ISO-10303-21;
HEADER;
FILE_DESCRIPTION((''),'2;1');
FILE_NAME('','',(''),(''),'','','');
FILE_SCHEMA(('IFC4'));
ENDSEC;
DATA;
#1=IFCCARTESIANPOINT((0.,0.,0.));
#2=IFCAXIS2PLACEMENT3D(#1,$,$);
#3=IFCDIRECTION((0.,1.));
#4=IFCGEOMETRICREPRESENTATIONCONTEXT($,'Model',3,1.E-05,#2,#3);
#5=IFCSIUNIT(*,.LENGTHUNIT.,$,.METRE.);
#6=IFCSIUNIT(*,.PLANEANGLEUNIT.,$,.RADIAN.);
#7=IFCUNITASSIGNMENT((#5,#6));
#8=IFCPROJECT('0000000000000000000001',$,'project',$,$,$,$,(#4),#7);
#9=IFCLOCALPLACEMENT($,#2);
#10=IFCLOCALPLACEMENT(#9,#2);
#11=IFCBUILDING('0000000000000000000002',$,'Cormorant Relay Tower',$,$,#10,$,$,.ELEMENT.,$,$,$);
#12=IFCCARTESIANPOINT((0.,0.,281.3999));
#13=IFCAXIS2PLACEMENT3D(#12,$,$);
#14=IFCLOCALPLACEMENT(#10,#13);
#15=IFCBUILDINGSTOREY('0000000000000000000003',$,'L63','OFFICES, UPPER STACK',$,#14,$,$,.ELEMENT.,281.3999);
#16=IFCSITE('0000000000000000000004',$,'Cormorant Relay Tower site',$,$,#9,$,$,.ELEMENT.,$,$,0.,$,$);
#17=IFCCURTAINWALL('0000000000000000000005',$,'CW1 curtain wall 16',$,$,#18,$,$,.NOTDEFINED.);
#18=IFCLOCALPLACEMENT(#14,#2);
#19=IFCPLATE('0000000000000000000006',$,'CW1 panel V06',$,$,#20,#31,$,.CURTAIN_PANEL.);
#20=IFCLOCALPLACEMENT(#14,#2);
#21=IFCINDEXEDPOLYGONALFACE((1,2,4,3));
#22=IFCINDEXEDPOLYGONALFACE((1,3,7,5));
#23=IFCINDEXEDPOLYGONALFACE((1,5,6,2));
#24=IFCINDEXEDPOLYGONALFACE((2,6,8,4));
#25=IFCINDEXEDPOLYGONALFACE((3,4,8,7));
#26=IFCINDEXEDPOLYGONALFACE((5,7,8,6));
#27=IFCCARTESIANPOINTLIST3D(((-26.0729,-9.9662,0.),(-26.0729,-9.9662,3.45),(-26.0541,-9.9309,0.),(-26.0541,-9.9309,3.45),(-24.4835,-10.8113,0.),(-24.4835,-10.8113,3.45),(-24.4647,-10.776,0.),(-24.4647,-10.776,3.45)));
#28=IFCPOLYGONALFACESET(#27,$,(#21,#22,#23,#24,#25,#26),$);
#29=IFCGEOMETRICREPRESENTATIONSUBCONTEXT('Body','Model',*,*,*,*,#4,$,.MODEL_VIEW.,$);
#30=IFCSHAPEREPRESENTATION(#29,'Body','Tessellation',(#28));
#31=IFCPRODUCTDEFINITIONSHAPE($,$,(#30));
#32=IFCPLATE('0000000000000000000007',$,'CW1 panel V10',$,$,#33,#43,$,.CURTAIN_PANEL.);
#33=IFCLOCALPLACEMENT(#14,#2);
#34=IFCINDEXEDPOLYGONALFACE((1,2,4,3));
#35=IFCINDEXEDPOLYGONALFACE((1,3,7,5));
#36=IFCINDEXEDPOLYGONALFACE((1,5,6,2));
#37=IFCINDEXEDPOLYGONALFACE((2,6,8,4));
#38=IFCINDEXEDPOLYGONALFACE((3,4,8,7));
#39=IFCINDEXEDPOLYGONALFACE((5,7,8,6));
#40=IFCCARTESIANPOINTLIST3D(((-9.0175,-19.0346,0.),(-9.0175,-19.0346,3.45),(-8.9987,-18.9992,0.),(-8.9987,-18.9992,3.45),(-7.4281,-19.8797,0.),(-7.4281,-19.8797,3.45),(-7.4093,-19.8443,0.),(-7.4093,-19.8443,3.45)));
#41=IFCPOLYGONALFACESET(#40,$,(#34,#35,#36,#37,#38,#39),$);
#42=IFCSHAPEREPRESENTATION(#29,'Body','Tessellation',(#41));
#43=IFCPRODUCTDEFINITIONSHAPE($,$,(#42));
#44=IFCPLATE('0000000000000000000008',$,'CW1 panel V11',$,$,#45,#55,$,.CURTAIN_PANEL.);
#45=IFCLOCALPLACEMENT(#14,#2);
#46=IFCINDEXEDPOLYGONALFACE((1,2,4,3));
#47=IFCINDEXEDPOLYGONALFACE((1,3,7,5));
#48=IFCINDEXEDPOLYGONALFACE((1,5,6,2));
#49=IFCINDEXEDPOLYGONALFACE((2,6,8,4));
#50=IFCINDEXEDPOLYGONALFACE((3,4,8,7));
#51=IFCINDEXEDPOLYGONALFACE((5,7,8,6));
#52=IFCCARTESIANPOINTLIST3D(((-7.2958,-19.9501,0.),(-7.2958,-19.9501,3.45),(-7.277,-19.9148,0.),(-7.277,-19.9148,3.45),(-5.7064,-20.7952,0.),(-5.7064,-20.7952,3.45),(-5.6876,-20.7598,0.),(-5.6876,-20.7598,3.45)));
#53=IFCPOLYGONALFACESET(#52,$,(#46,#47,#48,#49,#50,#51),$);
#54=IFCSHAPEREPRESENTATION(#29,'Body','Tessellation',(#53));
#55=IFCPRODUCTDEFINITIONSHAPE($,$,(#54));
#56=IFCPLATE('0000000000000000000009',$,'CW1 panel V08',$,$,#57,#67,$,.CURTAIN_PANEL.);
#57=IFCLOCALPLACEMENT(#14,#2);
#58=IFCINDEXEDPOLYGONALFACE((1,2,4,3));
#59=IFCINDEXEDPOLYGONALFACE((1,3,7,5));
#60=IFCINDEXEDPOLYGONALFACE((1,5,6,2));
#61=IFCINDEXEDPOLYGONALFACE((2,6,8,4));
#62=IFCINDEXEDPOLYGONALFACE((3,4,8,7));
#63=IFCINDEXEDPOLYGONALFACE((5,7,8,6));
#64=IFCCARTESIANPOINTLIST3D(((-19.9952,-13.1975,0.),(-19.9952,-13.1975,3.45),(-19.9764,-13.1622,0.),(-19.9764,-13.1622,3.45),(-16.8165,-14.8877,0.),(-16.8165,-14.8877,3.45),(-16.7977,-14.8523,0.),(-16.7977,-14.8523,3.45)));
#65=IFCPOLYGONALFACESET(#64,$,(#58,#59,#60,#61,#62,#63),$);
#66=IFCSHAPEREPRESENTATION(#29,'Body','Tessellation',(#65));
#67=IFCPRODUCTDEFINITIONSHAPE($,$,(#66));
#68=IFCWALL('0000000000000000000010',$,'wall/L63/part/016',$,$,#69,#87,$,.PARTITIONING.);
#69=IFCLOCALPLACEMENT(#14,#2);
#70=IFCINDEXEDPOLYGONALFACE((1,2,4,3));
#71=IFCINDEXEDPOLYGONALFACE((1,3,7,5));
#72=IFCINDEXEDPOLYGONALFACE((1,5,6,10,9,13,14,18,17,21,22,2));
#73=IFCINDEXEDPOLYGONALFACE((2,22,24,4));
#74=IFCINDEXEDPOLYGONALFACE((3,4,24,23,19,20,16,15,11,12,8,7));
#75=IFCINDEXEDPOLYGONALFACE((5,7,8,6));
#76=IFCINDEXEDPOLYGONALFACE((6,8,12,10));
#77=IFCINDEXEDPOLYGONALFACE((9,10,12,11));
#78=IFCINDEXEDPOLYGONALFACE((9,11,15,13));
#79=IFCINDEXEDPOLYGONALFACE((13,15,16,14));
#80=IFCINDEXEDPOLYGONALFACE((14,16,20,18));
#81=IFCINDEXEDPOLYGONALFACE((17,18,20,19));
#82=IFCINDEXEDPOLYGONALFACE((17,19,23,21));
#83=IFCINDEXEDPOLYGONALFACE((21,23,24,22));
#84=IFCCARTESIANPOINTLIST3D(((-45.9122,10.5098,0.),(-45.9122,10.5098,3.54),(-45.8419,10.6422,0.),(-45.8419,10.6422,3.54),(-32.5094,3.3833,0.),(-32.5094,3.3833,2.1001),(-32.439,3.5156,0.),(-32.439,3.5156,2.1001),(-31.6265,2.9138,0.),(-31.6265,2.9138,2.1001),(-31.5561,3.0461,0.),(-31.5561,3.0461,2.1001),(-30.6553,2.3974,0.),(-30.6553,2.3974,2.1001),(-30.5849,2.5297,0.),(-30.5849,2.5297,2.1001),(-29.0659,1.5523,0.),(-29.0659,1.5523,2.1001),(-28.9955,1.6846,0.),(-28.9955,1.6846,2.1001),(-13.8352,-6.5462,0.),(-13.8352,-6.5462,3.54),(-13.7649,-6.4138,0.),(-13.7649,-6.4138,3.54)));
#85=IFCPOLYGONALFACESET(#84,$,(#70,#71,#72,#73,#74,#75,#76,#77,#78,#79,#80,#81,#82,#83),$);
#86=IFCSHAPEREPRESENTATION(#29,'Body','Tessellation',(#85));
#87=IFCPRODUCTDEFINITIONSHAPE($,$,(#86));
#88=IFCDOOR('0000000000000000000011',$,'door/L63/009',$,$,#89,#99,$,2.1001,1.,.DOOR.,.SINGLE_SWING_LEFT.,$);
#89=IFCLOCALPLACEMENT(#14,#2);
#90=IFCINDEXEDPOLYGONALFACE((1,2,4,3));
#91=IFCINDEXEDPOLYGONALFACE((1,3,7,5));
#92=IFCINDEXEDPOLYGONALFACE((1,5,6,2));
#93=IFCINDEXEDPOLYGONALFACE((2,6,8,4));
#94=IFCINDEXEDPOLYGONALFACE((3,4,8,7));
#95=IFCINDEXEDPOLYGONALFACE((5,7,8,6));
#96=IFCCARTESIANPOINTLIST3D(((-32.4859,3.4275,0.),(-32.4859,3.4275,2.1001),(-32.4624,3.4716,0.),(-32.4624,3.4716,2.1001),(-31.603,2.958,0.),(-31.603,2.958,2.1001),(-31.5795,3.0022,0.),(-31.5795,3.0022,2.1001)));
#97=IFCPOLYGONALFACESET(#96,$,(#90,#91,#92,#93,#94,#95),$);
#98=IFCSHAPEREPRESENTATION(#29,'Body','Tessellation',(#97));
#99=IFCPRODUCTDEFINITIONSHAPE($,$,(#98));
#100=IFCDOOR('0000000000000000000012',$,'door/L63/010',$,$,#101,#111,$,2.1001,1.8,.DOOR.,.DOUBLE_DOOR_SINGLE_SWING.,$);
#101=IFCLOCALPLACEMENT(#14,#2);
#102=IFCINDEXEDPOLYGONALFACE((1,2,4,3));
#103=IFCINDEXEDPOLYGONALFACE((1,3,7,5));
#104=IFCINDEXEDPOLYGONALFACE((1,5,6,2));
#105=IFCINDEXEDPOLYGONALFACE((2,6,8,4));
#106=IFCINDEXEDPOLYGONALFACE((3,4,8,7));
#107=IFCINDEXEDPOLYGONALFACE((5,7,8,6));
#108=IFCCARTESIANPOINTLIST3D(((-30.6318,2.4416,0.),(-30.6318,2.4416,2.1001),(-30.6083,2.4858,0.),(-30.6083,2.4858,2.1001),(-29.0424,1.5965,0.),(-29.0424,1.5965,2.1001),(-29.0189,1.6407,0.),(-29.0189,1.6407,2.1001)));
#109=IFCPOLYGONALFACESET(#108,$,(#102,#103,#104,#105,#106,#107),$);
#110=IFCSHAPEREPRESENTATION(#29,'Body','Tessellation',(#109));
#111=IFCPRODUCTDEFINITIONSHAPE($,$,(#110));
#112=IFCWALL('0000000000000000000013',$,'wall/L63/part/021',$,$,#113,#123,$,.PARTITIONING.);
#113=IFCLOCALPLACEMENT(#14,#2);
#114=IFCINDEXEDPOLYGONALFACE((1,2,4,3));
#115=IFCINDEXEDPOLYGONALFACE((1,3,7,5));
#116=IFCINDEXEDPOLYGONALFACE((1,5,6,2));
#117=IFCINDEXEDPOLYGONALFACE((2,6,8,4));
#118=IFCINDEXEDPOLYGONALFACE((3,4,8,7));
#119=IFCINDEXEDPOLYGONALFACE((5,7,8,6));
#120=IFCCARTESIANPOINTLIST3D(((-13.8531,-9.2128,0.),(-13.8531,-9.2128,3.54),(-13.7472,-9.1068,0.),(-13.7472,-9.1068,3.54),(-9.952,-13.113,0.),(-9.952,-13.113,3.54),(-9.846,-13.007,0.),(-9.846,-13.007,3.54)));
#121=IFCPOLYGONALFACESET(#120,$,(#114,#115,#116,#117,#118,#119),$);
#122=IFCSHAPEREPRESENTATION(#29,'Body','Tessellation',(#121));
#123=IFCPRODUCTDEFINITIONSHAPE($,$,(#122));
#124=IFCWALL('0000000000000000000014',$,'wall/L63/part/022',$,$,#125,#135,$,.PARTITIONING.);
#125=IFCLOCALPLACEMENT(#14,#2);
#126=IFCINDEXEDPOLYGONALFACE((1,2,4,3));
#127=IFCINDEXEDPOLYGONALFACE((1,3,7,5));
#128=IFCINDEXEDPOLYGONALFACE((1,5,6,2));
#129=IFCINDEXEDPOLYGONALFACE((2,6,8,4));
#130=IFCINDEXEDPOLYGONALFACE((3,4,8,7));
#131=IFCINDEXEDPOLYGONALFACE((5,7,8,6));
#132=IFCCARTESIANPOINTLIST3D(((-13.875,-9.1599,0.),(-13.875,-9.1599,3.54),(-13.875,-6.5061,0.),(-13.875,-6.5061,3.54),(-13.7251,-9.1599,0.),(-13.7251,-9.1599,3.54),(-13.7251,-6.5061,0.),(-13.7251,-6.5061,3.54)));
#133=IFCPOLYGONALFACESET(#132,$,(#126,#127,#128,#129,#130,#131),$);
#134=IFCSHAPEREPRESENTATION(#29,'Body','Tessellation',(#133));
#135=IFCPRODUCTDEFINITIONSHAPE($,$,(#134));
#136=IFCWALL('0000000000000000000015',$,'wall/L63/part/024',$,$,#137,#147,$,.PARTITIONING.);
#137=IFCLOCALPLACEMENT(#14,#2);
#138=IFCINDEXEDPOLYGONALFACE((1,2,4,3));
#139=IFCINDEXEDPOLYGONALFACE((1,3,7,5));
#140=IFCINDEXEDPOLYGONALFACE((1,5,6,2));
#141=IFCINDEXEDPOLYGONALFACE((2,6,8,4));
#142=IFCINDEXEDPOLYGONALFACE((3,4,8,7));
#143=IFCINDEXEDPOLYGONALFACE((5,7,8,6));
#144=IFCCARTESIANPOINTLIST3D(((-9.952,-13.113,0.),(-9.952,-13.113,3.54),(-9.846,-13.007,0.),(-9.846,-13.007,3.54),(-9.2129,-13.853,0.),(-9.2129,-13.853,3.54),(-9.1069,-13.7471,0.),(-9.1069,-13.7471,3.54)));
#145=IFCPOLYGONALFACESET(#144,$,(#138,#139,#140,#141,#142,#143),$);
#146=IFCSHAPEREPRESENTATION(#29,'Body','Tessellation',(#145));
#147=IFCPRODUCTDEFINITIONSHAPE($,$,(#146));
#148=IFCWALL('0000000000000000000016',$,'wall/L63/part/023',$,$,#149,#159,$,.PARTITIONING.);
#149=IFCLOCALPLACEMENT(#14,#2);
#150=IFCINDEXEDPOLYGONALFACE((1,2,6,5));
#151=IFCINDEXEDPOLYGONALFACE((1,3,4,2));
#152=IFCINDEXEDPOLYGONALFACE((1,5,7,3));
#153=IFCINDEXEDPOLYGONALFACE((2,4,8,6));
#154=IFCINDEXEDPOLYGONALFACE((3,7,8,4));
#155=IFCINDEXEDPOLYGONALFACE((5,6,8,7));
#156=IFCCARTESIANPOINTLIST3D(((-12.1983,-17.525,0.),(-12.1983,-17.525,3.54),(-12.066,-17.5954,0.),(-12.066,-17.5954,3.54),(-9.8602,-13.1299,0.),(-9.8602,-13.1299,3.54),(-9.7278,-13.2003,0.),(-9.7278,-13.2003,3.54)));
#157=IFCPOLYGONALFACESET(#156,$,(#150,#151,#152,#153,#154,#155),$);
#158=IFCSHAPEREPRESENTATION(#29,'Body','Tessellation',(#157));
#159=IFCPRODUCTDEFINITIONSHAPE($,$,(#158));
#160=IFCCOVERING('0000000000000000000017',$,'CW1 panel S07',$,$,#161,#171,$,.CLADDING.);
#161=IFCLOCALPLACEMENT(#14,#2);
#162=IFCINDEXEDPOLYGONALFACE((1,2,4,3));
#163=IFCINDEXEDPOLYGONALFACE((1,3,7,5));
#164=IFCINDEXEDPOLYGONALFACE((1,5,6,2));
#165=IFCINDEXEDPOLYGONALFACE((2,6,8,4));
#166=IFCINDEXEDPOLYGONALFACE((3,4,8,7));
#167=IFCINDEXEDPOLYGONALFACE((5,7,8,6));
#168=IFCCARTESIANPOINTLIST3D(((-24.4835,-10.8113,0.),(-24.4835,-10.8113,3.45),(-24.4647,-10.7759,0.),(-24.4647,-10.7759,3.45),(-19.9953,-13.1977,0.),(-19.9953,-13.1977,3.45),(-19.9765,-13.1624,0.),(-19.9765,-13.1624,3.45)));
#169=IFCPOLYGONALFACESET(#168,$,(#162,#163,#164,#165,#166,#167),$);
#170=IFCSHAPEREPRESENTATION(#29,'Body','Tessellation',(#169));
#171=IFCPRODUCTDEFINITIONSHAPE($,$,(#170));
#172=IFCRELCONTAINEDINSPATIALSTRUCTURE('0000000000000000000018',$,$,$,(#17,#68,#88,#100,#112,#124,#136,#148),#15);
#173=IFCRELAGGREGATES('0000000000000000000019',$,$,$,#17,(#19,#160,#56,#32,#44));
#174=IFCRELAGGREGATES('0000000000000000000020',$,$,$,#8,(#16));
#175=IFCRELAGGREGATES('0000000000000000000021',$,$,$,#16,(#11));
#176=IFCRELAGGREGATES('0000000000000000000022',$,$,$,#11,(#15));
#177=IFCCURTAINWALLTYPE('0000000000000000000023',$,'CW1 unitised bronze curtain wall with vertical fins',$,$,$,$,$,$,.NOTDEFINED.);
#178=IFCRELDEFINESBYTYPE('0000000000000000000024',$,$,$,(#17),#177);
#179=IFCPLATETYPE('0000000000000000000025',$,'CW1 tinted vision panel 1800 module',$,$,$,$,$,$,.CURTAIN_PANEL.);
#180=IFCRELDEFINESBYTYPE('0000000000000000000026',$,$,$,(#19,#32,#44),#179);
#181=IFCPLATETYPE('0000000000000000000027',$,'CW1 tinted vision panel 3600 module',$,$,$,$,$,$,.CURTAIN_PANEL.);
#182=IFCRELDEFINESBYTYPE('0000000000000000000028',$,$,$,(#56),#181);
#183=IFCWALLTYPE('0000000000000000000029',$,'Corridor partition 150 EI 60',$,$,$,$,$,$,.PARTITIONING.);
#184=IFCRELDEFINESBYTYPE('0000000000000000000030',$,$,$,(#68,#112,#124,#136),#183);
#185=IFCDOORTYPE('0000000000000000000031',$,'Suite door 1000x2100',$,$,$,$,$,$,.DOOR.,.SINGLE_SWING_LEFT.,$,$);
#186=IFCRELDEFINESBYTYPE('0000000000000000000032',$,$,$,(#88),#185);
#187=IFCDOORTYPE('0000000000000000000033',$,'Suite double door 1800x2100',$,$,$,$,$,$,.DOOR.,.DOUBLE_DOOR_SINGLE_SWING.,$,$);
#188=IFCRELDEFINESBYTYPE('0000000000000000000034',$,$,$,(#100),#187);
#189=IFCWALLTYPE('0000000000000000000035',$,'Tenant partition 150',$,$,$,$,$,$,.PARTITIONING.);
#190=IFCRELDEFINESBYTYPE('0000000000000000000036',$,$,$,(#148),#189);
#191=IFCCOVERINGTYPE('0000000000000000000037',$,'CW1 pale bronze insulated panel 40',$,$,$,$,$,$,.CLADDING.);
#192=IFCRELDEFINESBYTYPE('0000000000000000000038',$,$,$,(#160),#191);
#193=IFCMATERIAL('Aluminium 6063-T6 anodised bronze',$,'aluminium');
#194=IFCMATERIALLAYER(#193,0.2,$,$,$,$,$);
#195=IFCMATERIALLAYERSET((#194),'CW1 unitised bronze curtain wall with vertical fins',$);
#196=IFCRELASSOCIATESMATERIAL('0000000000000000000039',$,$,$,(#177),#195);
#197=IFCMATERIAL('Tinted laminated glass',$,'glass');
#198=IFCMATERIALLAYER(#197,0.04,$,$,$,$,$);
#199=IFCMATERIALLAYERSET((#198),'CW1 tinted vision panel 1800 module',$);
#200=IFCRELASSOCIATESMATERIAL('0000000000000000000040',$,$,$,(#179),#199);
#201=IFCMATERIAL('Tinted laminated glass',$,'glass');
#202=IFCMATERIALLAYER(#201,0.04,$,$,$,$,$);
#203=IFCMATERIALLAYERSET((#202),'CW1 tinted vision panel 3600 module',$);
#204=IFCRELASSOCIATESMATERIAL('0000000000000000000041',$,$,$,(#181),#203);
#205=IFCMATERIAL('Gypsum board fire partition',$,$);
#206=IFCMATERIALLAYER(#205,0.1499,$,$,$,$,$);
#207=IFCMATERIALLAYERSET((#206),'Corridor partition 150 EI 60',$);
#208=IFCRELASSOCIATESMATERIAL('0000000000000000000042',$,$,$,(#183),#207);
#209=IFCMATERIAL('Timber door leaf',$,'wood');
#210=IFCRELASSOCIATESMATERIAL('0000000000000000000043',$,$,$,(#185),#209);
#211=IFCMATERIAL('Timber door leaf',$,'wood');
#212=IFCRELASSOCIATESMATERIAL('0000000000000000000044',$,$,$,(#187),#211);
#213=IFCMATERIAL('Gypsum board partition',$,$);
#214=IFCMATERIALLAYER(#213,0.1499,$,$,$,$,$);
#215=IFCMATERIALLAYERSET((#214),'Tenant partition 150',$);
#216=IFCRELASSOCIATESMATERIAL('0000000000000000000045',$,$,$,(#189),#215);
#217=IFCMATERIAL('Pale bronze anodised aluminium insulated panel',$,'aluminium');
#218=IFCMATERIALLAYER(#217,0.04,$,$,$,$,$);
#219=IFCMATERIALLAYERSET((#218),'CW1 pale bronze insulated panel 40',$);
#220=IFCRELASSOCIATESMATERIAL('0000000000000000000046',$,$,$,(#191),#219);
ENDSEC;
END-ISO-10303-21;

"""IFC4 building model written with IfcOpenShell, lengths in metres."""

from ifc_helpers import new_model, si_unit, direction, frame, frame_2d, origin, origin_2d, place, context, subcontext, project, spatial, rectangle, extrude, material, layer, layer_set, type_object, element, fill, aggregate, save


model = new_model("IFC4")

# Units and contexts
model_context = context("Model", 3, precision=1e-05, world=origin(), true_north=direction((0.0, 1.0)))
body_context = subcontext(model_context, "Body", "Model", "MODEL_VIEW")
ifc_project = project(units=[si_unit("LENGTHUNIT", "METRE"), si_unit("PLANEANGLEUNIT", "RADIAN")], contexts=[model_context])

# Site, building, storey
site_placement = place(None, origin())
site = spatial("IfcSite", under=ifc_project, at=site_placement, Name="Cormorant Relay Tower site", CompositionType="ELEMENT", RefElevation=0.0)
building_placement = place(site_placement, origin())
building = spatial("IfcBuilding", under=site, at=building_placement, Name="Cormorant Relay Tower", CompositionType="ELEMENT")
storey_placement = place(building_placement, frame((0.0, 0.0, 281.3999)))
storey = spatial("IfcBuildingStorey", under=building, at=storey_placement, Name="L63", Description="OFFICES, UPPER STACK", CompositionType="ELEMENT", Elevation=281.3999)

# Curtain wall
ifc_material_1 = material(Name="Aluminium 6063-T6 anodised bronze", Category="aluminium")
ifc_layer_1 = layer(ifc_material_1, 0.2)
ifc_layer_set_1 = layer_set([ifc_layer_1], Name="CW1 unitised bronze curtain wall with vertical fins")
curtain_wall_type = type_object("IfcCurtainWallType", Name="CW1 unitised bronze curtain wall with vertical fins", PredefinedType="NOTDEFINED", material=ifc_layer_set_1)
curtain_wall_placement = place(storey_placement, origin())
curtain_wall = element("IfcCurtainWall", 1, at=curtain_wall_placement, inside=storey, type_object=curtain_wall_type, Name="CW1 curtain wall 16", PredefinedType="NOTDEFINED")

# Plates
ifc_material_2 = material(Name="Tinted laminated glass", Category="glass")
ifc_layer_2 = layer(ifc_material_2, 0.04)
ifc_layer_set_2 = layer_set([ifc_layer_2], Name="CW1 tinted vision panel 1800 module")
plate_type_1 = type_object("IfcPlateType", Name="CW1 tinted vision panel 1800 module", PredefinedType="CURTAIN_PANEL", material=ifc_layer_set_2)
plate_1_placement = place(storey_placement, frame((-25.2688, -10.3711, 0.0), z_axis=(0.0, 0.0, 1.0), x_axis=(0.882948, -0.469472, 0.0)))
plate_1 = element("IfcPlate", 2, at=plate_1_placement, type_object=plate_type_1, Name="CW1 panel V06", PredefinedType="CURTAIN_PANEL", context=body_context, shape_type="SweptSolid", body=[
    extrude(rectangle(XDim=1.8, YDim=0.04, at=origin_2d()), origin(), (0.0, 0.0, 1.0), 3.45),
])
plate_2_placement = place(storey_placement, frame((-8.2134, -19.4395, 0.0), z_axis=(0.0, 0.0, 1.0), x_axis=(0.882948, -0.469472, 0.0)))
plate_2 = element("IfcPlate", 3, at=plate_2_placement, type_object=plate_type_1, Name="CW1 panel V10", PredefinedType="CURTAIN_PANEL", context=body_context, shape_type="SweptSolid", body=[
    extrude(rectangle(XDim=1.8, YDim=0.04, at=origin_2d()), origin(), (0.0, 0.0, 1.0), 3.45),
])
plate_3_placement = place(storey_placement, frame((-6.4917, -20.355, 0.0), z_axis=(0.0, 0.0, 1.0), x_axis=(0.882948, -0.469472, 0.0)))
plate_3 = element("IfcPlate", 4, at=plate_3_placement, type_object=plate_type_1, Name="CW1 panel V11", PredefinedType="CURTAIN_PANEL", context=body_context, shape_type="SweptSolid", body=[
    extrude(rectangle(XDim=1.8, YDim=0.04, at=origin_2d()), origin(), (0.0, 0.0, 1.0), 3.45),
])
ifc_material_3 = material(Name="Tinted laminated glass", Category="glass")
ifc_layer_3 = layer(ifc_material_3, 0.04)
ifc_layer_set_3 = layer_set([ifc_layer_3], Name="CW1 tinted vision panel 3600 module")
plate_type_2 = type_object("IfcPlateType", Name="CW1 tinted vision panel 3600 module", PredefinedType="CURTAIN_PANEL", material=ifc_layer_set_3)
plate_4_placement = place(storey_placement, frame((-18.3965, -14.0249, 0.0), z_axis=(0.0, 0.0, 1.0), x_axis=(0.882948, -0.469472, 0.0)))
plate_4 = element("IfcPlate", 5, at=plate_4_placement, type_object=plate_type_2, Name="CW1 panel V08", PredefinedType="CURTAIN_PANEL", context=body_context, shape_type="SweptSolid", body=[
    extrude(rectangle(XDim=3.6001, YDim=0.04, at=origin_2d()), origin(), (0.0, 0.0, 1.0), 3.45),
])

# Wall, openings, doors
ifc_material_4 = material(Name="Gypsum board fire partition")
ifc_layer_4 = layer(ifc_material_4, 0.1499)
ifc_layer_set_4 = layer_set([ifc_layer_4], Name="Corridor partition 150 EI 60")
wall_type_1 = type_object("IfcWallType", Name="Corridor partition 150 EI 60", PredefinedType="PARTITIONING", material=ifc_layer_set_4)
wall_1_placement = place(storey_placement, frame((-13.8, -6.48, 0.0), z_axis=(0.0, 0.0, 1.0), x_axis=(-0.882944, 0.469478, 0.0)))
wall_1 = element("IfcWall", 6, at=wall_1_placement, inside=storey, type_object=wall_type_1, Name="wall/L63/part/016", PredefinedType="PARTITIONING", context=body_context, shape_type="SweptSolid", body=[
    extrude(rectangle(XDim=36.3296, YDim=0.1499, at=frame_2d((18.1648, 0.0))), origin(), (0.0, 0.0, 1.0), 3.54),
])
opening_1_placement = place(wall_1_placement, frame((20.1499, 0.0, 0.0)))
opening_1 = element("IfcOpeningElement", 7, at=opening_1_placement, cuts=wall_1, PredefinedType="OPENING", context=body_context, shape_type="SweptSolid", body=[
    extrude(rectangle(XDim=1.0, YDim=2.1001, at=frame_2d((0.5, 1.05))), frame((0.0, 0.085, 0.0), z_axis=(0.0, -1.0, 0.0), x_axis=(1.0, 0.0, 0.0)), (0.0, 0.0, 1.0), 0.1699),
])
opening_2_placement = place(wall_1_placement, frame((17.25, 0.0, 0.0)))
opening_2 = element("IfcOpeningElement", 8, at=opening_2_placement, cuts=wall_1, PredefinedType="OPENING", context=body_context, shape_type="SweptSolid", body=[
    extrude(rectangle(XDim=1.8, YDim=2.1001, at=frame_2d((0.8999, 1.05))), frame((0.0, 0.085, 0.0), z_axis=(0.0, -1.0, 0.0), x_axis=(1.0, 0.0, 0.0)), (0.0, 0.0, 1.0), 0.1699),
])
ifc_material_5 = material(Name="Timber door leaf", Category="wood")
door_type_1 = type_object("IfcDoorType", Name="Suite door 1000x2100", OperationType="SINGLE_SWING_LEFT", PredefinedType="DOOR", material=ifc_material_5)
door_1_placement = place(opening_1_placement, origin())
door_1 = element("IfcDoor", 9, at=door_1_placement, inside=storey, type_object=door_type_1, Name="door/L63/009", OperationType="SINGLE_SWING_LEFT", OverallHeight=2.1001, OverallWidth=1.0, PredefinedType="DOOR", context=body_context, shape_type="SweptSolid", body=[
    extrude(rectangle(XDim=1.0, YDim=2.1001, at=frame_2d((0.5, 1.05))), frame((0.0, 0.0249, 0.0), z_axis=(0.0, -1.0, 0.0), x_axis=(1.0, 0.0, 0.0)), (0.0, 0.0, 1.0), 0.05),
])
fill(opening_1, door_1)
ifc_material_6 = material(Name="Timber door leaf", Category="wood")
door_type_2 = type_object("IfcDoorType", Name="Suite double door 1800x2100", OperationType="DOUBLE_DOOR_SINGLE_SWING", PredefinedType="DOOR", material=ifc_material_6)
door_2_placement = place(opening_2_placement, origin())
door_2 = element("IfcDoor", 10, at=door_2_placement, inside=storey, type_object=door_type_2, Name="door/L63/010", OperationType="DOUBLE_DOOR_SINGLE_SWING", OverallHeight=2.1001, OverallWidth=1.8, PredefinedType="DOOR", context=body_context, shape_type="SweptSolid", body=[
    extrude(rectangle(XDim=1.8, YDim=2.1001, at=frame_2d((0.8999, 1.05))), frame((0.0, 0.0249, 0.0), z_axis=(0.0, -1.0, 0.0), x_axis=(1.0, 0.0, 0.0)), (0.0, 0.0, 1.0), 0.05),
])
fill(opening_2, door_2)

# Walls
wall_2_placement = place(storey_placement, frame((-9.8989, -13.0601, 0.0), z_axis=(0.0, 0.0, 1.0), x_axis=(-0.707195, 0.707018, 0.0)))
element("IfcWall", 11, at=wall_2_placement, inside=storey, type_object=wall_type_1, Name="wall/L63/part/021", PredefinedType="PARTITIONING", context=body_context, shape_type="SweptSolid", body=[
    extrude(rectangle(XDim=5.5164, YDim=0.1499, at=frame_2d((2.7583, 0.0))), origin(), (0.0, 0.0, 1.0), 3.54),
])
wall_3_placement = place(storey_placement, frame((-13.8, -9.1599, 0.0), z_axis=(0.0, 0.0, 1.0), x_axis=(0.0, 1.0, 0.0)))
element("IfcWall", 12, at=wall_3_placement, inside=storey, type_object=wall_type_1, Name="wall/L63/part/022", PredefinedType="PARTITIONING", context=body_context, shape_type="SweptSolid", body=[
    extrude(rectangle(XDim=2.6538, YDim=0.1499, at=frame_2d((1.3269, 0.0))), origin(), (0.0, 0.0, 1.0), 3.54),
])
wall_4_placement = place(storey_placement, frame((-9.1599, -13.8, 0.0), z_axis=(0.0, 0.0, 1.0), x_axis=(-0.70664, 0.707574, 0.0)))
element("IfcWall", 13, at=wall_4_placement, inside=storey, type_object=wall_type_1, Name="wall/L63/part/024", PredefinedType="PARTITIONING", context=body_context, shape_type="SweptSolid", body=[
    extrude(rectangle(XDim=1.0459, YDim=0.1499, at=frame_2d((0.5229, 0.0))), origin(), (0.0, 0.0, 1.0), 3.54),
])
ifc_material_7 = material(Name="Gypsum board partition")
ifc_layer_5 = layer(ifc_material_7, 0.1499)
ifc_layer_set_5 = layer_set([ifc_layer_5], Name="Tenant partition 150")
wall_type_2 = type_object("IfcWallType", Name="Tenant partition 150", PredefinedType="PARTITIONING", material=ifc_layer_set_5)
wall_5_placement = place(storey_placement, frame((-9.7939, -13.165, 0.0), z_axis=(0.0, 0.0, 1.0), x_axis=(-0.469669, -0.882843, 0.0)))
element("IfcWall", 14, at=wall_5_placement, inside=storey, type_object=wall_type_2, Name="wall/L63/part/023", PredefinedType="PARTITIONING", context=body_context, shape_type="SweptSolid", body=[
    extrude(rectangle(XDim=4.9783, YDim=0.1499, at=frame_2d((2.4893, 0.0))), origin(), (0.0, 0.0, 1.0), 3.54),
])

# Covering
ifc_material_8 = material(Name="Pale bronze anodised aluminium insulated panel", Category="aluminium")
ifc_layer_6 = layer(ifc_material_8, 0.04)
ifc_layer_set_6 = layer_set([ifc_layer_6], Name="CW1 pale bronze insulated panel 40")
covering_type = type_object("IfcCoveringType", Name="CW1 pale bronze insulated panel 40", PredefinedType="CLADDING", material=ifc_layer_set_6)
covering_1_placement = place(storey_placement, frame((-22.23, -11.9868, 0.0), z_axis=(0.0, 0.0, 1.0), x_axis=(0.882948, -0.469472, 0.0)))
covering_1 = element("IfcCovering", 15, at=covering_1_placement, type_object=covering_type, Name="CW1 panel S07", PredefinedType="CLADDING", context=body_context, shape_type="SweptSolid", body=[
    extrude(rectangle(XDim=5.0833, YDim=0.04, at=origin_2d()), origin(), (0.0, 0.0, 1.0), 3.45),
])
aggregate(curtain_wall, [plate_1, covering_1, plate_4, plate_2, plate_3])

save(model, "model.ifc")
